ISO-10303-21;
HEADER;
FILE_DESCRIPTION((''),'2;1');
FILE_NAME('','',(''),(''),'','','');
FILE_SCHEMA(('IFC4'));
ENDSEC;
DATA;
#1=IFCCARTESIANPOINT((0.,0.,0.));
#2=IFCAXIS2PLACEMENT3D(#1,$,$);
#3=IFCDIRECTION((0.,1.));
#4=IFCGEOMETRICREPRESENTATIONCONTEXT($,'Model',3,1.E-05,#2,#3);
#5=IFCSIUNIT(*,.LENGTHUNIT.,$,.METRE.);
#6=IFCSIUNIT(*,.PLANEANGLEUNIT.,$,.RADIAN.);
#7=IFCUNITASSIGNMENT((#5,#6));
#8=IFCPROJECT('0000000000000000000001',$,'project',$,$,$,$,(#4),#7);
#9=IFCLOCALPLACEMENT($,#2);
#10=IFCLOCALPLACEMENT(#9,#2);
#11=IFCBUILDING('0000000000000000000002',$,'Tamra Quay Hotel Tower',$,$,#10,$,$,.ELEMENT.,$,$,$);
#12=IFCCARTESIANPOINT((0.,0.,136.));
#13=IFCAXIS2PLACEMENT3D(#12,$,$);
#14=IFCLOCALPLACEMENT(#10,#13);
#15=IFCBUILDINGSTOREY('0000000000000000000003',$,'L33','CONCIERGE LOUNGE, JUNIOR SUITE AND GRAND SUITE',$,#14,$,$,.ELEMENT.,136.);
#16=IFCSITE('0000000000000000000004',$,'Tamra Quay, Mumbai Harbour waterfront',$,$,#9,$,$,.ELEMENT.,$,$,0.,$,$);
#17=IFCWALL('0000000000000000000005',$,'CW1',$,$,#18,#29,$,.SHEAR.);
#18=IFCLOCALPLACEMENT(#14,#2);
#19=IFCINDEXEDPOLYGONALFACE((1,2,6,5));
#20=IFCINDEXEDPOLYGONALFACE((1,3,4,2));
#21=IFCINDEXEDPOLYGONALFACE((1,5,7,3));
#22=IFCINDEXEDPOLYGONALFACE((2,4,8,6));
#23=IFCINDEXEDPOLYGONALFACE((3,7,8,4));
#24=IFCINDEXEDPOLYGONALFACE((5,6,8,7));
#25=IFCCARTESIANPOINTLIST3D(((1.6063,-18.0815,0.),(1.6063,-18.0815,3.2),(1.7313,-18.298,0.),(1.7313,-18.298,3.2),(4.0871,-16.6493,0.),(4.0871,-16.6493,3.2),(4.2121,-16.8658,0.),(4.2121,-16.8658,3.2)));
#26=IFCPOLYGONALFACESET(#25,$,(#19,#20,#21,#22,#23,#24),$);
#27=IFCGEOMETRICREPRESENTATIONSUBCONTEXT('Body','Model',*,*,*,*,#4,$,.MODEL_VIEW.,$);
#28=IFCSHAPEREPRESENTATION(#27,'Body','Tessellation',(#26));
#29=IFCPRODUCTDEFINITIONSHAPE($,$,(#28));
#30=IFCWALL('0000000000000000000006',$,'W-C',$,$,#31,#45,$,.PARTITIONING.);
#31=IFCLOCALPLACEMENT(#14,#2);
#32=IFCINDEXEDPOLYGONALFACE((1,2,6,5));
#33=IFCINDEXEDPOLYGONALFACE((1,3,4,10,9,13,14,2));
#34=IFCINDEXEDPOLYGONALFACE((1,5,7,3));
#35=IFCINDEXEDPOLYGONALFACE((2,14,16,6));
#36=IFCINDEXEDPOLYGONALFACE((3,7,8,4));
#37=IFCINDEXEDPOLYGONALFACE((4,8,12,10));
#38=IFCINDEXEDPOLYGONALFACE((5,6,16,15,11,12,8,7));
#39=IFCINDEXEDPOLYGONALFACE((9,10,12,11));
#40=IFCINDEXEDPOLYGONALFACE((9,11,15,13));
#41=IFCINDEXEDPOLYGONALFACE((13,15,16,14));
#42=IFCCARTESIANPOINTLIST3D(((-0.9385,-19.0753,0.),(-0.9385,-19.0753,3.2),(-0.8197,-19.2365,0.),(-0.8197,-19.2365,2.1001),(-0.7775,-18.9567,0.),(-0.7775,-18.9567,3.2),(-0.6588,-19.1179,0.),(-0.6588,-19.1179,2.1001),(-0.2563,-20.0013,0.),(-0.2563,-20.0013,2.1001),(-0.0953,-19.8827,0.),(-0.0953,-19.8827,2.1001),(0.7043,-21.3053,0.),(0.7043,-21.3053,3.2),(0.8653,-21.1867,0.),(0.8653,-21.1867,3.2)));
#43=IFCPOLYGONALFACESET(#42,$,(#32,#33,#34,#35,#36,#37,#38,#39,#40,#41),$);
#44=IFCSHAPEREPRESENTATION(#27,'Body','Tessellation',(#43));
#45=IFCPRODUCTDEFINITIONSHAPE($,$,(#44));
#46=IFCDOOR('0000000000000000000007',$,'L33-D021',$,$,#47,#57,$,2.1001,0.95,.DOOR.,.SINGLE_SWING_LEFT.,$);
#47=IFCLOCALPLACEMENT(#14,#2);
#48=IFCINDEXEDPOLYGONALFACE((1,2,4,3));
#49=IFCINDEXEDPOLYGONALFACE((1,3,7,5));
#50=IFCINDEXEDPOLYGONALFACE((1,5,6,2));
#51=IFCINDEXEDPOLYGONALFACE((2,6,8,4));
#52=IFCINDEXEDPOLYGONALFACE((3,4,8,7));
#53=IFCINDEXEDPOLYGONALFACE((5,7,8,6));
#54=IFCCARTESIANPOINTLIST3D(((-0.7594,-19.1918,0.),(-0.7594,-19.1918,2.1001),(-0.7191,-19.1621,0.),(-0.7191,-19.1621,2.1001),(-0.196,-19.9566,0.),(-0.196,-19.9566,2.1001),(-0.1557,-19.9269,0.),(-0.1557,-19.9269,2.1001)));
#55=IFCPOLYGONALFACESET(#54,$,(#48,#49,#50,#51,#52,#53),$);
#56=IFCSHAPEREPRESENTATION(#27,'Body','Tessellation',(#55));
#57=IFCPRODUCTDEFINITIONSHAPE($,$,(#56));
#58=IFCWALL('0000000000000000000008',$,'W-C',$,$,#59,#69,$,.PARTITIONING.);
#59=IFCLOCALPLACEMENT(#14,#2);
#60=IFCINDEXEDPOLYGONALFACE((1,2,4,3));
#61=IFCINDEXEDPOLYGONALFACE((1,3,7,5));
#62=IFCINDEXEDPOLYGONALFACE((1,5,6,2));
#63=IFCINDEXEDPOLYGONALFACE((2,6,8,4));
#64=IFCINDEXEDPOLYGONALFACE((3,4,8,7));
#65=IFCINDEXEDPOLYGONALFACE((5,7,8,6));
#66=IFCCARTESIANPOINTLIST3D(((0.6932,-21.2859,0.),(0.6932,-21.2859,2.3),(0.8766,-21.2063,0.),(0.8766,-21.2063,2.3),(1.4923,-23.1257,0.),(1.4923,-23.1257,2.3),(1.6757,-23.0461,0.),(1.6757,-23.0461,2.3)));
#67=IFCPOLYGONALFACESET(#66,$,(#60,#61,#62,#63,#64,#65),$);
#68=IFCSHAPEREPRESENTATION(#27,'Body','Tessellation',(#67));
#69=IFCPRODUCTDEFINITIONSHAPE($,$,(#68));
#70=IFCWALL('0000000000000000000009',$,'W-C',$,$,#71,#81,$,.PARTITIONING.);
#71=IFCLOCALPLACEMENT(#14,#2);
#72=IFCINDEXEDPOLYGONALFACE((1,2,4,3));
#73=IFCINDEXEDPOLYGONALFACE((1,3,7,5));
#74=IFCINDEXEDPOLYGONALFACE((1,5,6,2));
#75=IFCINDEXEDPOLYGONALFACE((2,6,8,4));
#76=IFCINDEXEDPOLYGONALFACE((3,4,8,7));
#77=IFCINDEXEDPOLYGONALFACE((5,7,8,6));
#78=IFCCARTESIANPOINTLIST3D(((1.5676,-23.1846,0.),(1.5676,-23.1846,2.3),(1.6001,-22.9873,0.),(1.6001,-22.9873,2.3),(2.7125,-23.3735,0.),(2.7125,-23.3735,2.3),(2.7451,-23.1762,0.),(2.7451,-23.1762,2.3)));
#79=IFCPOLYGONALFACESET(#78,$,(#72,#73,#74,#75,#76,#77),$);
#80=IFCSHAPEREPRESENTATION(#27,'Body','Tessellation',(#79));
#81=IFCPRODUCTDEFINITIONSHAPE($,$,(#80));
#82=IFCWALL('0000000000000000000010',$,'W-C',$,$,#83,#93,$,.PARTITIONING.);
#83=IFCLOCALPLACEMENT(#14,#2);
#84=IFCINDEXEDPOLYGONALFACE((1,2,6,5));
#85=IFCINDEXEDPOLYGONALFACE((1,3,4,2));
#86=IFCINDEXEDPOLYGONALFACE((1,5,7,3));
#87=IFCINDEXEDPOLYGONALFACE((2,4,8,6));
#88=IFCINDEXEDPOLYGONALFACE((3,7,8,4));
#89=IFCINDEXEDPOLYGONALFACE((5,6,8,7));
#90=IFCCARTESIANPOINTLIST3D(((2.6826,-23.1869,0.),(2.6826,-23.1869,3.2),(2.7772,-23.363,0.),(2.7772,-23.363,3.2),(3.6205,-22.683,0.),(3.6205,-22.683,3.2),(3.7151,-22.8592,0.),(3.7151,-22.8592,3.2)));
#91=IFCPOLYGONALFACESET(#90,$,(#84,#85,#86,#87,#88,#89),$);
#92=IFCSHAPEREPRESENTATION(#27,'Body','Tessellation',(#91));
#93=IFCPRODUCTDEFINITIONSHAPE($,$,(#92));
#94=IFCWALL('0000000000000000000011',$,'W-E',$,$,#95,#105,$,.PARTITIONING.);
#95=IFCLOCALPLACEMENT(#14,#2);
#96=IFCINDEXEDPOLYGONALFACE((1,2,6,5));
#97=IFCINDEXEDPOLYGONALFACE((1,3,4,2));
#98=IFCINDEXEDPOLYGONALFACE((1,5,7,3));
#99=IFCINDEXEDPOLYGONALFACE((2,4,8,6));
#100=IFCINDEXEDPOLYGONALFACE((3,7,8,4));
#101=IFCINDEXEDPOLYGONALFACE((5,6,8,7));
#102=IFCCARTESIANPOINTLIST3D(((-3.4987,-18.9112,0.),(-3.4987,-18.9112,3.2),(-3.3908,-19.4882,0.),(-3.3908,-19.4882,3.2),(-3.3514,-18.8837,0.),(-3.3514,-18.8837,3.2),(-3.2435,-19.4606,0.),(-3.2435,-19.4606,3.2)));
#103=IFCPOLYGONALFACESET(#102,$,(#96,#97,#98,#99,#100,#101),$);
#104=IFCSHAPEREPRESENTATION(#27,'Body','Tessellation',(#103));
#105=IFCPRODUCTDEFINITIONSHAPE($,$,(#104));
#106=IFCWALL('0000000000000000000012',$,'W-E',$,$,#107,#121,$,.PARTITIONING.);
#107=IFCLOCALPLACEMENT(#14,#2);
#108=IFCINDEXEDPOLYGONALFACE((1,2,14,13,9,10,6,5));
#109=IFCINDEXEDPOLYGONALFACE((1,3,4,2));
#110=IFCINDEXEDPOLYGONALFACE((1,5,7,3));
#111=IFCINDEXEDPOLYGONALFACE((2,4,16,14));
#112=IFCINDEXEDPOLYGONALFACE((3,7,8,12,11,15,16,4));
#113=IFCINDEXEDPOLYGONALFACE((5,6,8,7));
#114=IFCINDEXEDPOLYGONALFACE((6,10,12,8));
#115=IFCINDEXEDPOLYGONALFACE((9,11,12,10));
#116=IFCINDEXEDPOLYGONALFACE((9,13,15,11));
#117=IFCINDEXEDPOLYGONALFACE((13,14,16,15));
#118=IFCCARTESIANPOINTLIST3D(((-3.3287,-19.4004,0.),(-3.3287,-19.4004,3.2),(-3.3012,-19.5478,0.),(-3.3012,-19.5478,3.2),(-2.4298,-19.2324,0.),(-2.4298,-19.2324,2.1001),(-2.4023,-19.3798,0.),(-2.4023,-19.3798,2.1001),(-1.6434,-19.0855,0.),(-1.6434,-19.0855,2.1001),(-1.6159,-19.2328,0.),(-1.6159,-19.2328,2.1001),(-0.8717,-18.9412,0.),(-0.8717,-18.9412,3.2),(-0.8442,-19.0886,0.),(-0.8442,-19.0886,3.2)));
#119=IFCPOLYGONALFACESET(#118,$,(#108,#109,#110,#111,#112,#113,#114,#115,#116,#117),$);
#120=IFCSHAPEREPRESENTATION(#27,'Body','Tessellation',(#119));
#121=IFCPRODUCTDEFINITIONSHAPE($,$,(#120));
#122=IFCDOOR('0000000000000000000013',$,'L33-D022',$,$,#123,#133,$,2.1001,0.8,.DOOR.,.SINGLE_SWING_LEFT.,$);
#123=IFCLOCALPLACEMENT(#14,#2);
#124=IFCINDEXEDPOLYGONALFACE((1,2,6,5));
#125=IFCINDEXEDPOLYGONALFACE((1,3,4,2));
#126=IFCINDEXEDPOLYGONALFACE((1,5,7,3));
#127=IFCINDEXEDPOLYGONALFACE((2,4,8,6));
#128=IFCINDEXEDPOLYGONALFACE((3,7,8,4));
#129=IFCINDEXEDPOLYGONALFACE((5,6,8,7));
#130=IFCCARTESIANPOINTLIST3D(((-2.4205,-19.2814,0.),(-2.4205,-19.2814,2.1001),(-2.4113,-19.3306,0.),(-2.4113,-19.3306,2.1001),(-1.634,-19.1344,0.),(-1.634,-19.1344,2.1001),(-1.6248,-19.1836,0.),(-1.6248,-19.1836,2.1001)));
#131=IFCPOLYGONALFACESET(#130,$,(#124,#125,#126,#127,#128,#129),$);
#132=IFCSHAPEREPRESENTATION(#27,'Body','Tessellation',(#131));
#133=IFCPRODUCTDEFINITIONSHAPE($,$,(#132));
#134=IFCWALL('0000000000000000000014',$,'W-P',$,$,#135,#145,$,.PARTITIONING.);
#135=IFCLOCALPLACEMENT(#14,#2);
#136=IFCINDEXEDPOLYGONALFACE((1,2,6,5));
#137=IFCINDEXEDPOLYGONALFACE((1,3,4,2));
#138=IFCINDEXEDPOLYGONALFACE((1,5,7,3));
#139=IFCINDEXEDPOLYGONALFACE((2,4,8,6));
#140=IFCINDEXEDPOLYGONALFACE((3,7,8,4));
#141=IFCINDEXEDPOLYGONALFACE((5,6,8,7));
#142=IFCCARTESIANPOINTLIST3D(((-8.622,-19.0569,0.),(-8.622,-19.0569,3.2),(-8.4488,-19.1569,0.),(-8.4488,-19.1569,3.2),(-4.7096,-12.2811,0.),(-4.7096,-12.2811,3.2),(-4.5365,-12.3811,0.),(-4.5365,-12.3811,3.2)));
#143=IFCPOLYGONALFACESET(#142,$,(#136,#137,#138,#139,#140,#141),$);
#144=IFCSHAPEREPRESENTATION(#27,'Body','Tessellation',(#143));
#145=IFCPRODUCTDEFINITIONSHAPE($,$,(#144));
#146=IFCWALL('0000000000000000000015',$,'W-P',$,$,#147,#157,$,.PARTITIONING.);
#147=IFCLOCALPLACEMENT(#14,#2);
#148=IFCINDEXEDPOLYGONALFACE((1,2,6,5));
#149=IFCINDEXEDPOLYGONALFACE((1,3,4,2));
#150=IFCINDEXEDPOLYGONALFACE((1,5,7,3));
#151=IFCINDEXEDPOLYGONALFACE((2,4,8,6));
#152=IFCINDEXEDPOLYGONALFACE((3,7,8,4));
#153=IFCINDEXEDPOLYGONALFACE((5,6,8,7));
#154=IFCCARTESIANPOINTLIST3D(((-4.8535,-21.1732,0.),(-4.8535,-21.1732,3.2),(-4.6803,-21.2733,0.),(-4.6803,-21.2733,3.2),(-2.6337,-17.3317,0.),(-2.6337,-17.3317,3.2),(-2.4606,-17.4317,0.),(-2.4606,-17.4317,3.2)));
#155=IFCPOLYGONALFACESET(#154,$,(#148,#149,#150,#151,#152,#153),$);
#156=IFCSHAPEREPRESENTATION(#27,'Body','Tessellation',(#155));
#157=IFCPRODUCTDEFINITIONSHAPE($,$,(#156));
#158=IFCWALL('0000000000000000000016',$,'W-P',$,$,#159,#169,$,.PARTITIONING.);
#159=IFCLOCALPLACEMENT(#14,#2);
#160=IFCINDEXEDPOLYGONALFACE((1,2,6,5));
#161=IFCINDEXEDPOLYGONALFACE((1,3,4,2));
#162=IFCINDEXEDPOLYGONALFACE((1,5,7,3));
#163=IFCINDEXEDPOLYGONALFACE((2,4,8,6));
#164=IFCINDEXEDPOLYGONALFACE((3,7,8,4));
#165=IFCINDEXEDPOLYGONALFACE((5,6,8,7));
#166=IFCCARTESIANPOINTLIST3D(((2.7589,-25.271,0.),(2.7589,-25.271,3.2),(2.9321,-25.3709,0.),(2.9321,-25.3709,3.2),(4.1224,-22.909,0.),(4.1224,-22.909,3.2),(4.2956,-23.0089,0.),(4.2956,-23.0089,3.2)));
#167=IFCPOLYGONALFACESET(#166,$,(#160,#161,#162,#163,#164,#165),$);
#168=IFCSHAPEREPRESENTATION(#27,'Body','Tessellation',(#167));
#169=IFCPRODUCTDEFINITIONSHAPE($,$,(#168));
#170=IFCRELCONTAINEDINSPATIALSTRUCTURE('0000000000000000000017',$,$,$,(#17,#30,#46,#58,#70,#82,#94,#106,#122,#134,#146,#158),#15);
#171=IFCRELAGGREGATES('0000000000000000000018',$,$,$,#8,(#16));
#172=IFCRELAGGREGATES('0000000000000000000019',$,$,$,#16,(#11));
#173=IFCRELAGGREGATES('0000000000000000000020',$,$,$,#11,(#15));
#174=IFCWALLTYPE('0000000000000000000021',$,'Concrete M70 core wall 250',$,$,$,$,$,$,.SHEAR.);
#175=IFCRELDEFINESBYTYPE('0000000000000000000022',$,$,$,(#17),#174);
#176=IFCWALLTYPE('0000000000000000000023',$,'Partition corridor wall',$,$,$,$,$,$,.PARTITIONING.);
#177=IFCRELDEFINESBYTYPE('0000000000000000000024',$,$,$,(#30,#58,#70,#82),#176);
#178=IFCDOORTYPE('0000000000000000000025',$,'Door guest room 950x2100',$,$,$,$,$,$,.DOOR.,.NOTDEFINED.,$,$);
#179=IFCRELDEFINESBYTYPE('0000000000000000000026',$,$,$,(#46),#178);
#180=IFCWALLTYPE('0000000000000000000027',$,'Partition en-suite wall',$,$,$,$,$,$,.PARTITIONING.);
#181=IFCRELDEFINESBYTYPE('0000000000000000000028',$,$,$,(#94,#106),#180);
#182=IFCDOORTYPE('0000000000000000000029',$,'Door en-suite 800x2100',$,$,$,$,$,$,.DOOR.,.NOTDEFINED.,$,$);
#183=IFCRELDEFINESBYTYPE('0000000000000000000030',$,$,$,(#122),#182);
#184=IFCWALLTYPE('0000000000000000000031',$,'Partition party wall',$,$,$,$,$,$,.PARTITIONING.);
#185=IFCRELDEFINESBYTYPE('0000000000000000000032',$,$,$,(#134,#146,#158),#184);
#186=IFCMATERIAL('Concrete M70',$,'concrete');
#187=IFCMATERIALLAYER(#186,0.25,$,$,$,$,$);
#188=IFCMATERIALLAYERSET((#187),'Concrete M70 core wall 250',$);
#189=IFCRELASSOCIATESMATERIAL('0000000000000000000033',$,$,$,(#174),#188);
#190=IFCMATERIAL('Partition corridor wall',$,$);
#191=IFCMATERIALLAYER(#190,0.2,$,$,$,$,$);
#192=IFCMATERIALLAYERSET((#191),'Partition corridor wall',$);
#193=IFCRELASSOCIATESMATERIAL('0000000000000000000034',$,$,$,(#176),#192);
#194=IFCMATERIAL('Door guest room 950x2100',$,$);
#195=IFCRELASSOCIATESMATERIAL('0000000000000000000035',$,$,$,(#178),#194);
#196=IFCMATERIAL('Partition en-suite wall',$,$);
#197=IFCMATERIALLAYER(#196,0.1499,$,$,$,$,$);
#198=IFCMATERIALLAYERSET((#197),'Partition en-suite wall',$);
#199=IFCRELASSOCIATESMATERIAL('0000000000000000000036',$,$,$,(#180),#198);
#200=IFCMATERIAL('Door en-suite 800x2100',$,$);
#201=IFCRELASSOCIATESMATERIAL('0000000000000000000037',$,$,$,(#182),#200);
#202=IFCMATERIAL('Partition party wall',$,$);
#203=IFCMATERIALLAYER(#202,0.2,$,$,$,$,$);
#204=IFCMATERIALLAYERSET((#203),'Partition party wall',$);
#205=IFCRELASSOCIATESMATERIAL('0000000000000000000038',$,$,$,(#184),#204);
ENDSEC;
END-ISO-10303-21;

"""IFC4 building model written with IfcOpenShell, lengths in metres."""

from ifc_helpers import new_model, si_unit, direction, frame, frame_2d, origin, place, context, subcontext, project, spatial, rectangle, extrude, material, layer, layer_set, type_object, element, fill, save


model = new_model("IFC4")

# Units and contexts
model_context = context("Model", 3, precision=1e-05, world=origin(), true_north=direction((0.0, 1.0)))
body_context = subcontext(model_context, "Body", "Model", "MODEL_VIEW")
ifc_project = project(units=[si_unit("LENGTHUNIT", "METRE"), si_unit("PLANEANGLEUNIT", "RADIAN")], contexts=[model_context])

# Site, building, storey
site_placement = place(None, origin())
site = spatial("IfcSite", under=ifc_project, at=site_placement, Name="Tamra Quay, Mumbai Harbour waterfront", CompositionType="ELEMENT", RefElevation=0.0)
building_placement = place(site_placement, origin())
building = spatial("IfcBuilding", under=site, at=building_placement, Name="Tamra Quay Hotel Tower", CompositionType="ELEMENT")
storey_placement = place(building_placement, frame((0.0, 0.0, 136.0)))
storey = spatial("IfcBuildingStorey", under=building, at=storey_placement, Name="L33", Description="CONCIERGE LOUNGE, JUNIOR SUITE AND GRAND SUITE", CompositionType="ELEMENT", Elevation=136.0)

# Shared definitions
ifc_material_1 = material(Name="Concrete M70", Category="concrete")

# Wall
ifc_layer_1 = layer(ifc_material_1, 0.25)
ifc_layer_set_1 = layer_set([ifc_layer_1], Name="Concrete M70 core wall 250")
wall_type_1 = type_object("IfcWallType", Name="Concrete M70 core wall 250", PredefinedType="SHEAR", material=ifc_layer_set_1)
wall_1_placement = place(storey_placement, frame((1.6689, -18.1897, 0.0), z_axis=(0.0, 0.0, 1.0), x_axis=(0.866042, 0.499971, 0.0)))
element("IfcWall", 1, at=wall_1_placement, inside=storey, type_object=wall_type_1, Name="CW1", PredefinedType="SHEAR", context=body_context, shape_type="SweptSolid", body=[
    extrude(rectangle(XDim=2.8645, YDim=0.25, at=frame_2d((1.4321, 0.0))), origin(), (0.0, 0.0, 1.0), 3.2),
])

# Wall, opening, door
ifc_material_2 = material(Name="Partition corridor wall")
ifc_layer_2 = layer(ifc_material_2, 0.2)
ifc_layer_set_2 = layer_set([ifc_layer_2], Name="Partition corridor wall")
wall_type_2 = type_object("IfcWallType", Name="Partition corridor wall", PredefinedType="PARTITIONING", material=ifc_layer_set_2)
wall_2_placement = place(storey_placement, frame((-0.8579, -19.0161, 0.0), z_axis=(0.0, 0.0, 1.0), x_axis=(0.593124, -0.805111, 0.0)))
wall_2 = element("IfcWall", 2, at=wall_2_placement, inside=storey, type_object=wall_type_2, Name="W-C", PredefinedType="PARTITIONING", context=body_context, shape_type="SweptSolid", body=[
    extrude(rectangle(XDim=2.7698, YDim=0.2, at=frame_2d((1.3848, 0.0))), origin(), (0.0, 0.0, 1.0), 3.2),
])
opening_1_placement = place(wall_2_placement, frame((0.2, 0.0, 0.0)))
opening_1 = element("IfcOpeningElement", 3, at=opening_1_placement, cuts=wall_2, PredefinedType="OPENING", context=body_context, shape_type="SweptSolid", body=[
    extrude(rectangle(XDim=0.95, YDim=2.1001, at=frame_2d((0.4751, 1.05))), frame((0.0, 0.1099, 0.0), z_axis=(0.0, -1.0, 0.0), x_axis=(1.0, 0.0, 0.0)), (0.0, 0.0, 1.0), 0.22),
])
ifc_material_3 = material(Name="Door guest room 950x2100")
door_type_1 = type_object("IfcDoorType", Name="Door guest room 950x2100", OperationType="NOTDEFINED", PredefinedType="DOOR", material=ifc_material_3)
door_1_placement = place(opening_1_placement, frame((0.95, 0.0, 0.0), z_axis=(0.0, 0.0, 1.0), x_axis=(-1.0, 0.0, 0.0)))
door_1 = element("IfcDoor", 4, at=door_1_placement, inside=storey, type_object=door_type_1, Name="L33-D021", OperationType="SINGLE_SWING_LEFT", OverallHeight=2.1001, OverallWidth=0.95, PredefinedType="DOOR", context=body_context, shape_type="SweptSolid", body=[
    extrude(rectangle(XDim=0.95, YDim=2.1001, at=frame_2d((0.4751, 1.05))), frame((0.0, 0.0249, 0.0), z_axis=(0.0, -1.0, 0.0), x_axis=(1.0, 0.0, 0.0)), (0.0, 0.0, 1.0), 0.05),
])
fill(opening_1, door_1)

# Walls
wall_3_placement = place(storey_placement, frame((0.7849, -21.2461, 0.0), z_axis=(0.0, 0.0, 1.0), x_axis=(0.398366, -0.917227, 0.0)))
element("IfcWall", 5, at=wall_3_placement, inside=storey, type_object=wall_type_2, Name="W-C", PredefinedType="PARTITIONING", context=body_context, shape_type="SweptSolid", body=[
    extrude(rectangle(XDim=2.0059, YDim=0.2, at=frame_2d((1.0029, 0.0))), origin(), (0.0, 0.0, 1.0), 2.3),
])
wall_4_placement = place(storey_placement, frame((1.584, -23.0859, 0.0), z_axis=(0.0, 0.0, 1.0), x_axis=(0.986654, -0.16283, 0.0)))
element("IfcWall", 6, at=wall_4_placement, inside=storey, type_object=wall_type_2, Name="W-C", PredefinedType="PARTITIONING", context=body_context, shape_type="SweptSolid", body=[
    extrude(rectangle(XDim=1.1604, YDim=0.2, at=frame_2d((0.5801, 0.0))), origin(), (0.0, 0.0, 1.0), 2.3),
])
wall_5_placement = place(storey_placement, frame((2.73, -23.2749, 0.0), z_axis=(0.0, 0.0, 1.0), x_axis=(0.880927, 0.473252, 0.0)))
element("IfcWall", 7, at=wall_5_placement, inside=storey, type_object=wall_type_2, Name="W-C", PredefinedType="PARTITIONING", context=body_context, shape_type="SweptSolid", body=[
    extrude(rectangle(XDim=1.0647, YDim=0.2, at=frame_2d((0.5322, 0.0))), origin(), (0.0, 0.0, 1.0), 3.2),
])
ifc_material_4 = material(Name="Partition en-suite wall")
ifc_layer_3 = layer(ifc_material_4, 0.1499)
ifc_layer_set_3 = layer_set([ifc_layer_3], Name="Partition en-suite wall")
wall_type_3 = type_object("IfcWallType", Name="Partition en-suite wall", PredefinedType="PARTITIONING", material=ifc_layer_set_3)
wall_6_placement = place(storey_placement, frame((-3.425, -18.8975, 0.0), z_axis=(0.0, 0.0, 1.0), x_axis=(0.183862, -0.982952, 0.0)))
element("IfcWall", 8, at=wall_6_placement, inside=storey, type_object=wall_type_3, Name="W-E", PredefinedType="PARTITIONING", context=body_context, shape_type="SweptSolid", body=[
    extrude(rectangle(XDim=0.5869, YDim=0.1499, at=frame_2d((0.2935, 0.0))), origin(), (0.0, 0.0, 1.0), 3.2),
])

# Wall, opening, door
wall_7_placement = place(storey_placement, frame((-3.3149, -19.4741, 0.0), z_axis=(0.0, 0.0, 1.0), x_axis=(0.982978, 0.183722, 0.0)))
wall_7 = element("IfcWall", 9, at=wall_7_placement, inside=storey, type_object=wall_type_3, Name="W-E", PredefinedType="PARTITIONING", context=body_context, shape_type="SweptSolid", body=[
    extrude(rectangle(XDim=2.4995, YDim=0.1499, at=frame_2d((1.2498, 0.0))), origin(), (0.0, 0.0, 1.0), 3.2),
])
opening_2_placement = place(wall_7_placement, frame((0.9146, 0.0, 0.0)))
opening_2 = element("IfcOpeningElement", 10, at=opening_2_placement, cuts=wall_7, PredefinedType="OPENING", context=body_context, shape_type="SweptSolid", body=[
    extrude(rectangle(XDim=0.8, YDim=2.1001, at=frame_2d((0.3999, 1.05))), frame((0.0, 0.085, 0.0), z_axis=(0.0, -1.0, 0.0), x_axis=(1.0, 0.0, 0.0)), (0.0, 0.0, 1.0), 0.1699),
])
ifc_material_5 = material(Name="Door en-suite 800x2100")
door_type_2 = type_object("IfcDoorType", Name="Door en-suite 800x2100", OperationType="NOTDEFINED", PredefinedType="DOOR", material=ifc_material_5)
door_2_placement = place(opening_2_placement, frame((0.8, 0.0, 0.0), z_axis=(0.0, 0.0, 1.0), x_axis=(-1.0, 0.0, 0.0)))
door_2 = element("IfcDoor", 11, at=door_2_placement, inside=storey, type_object=door_type_2, Name="L33-D022", OperationType="SINGLE_SWING_LEFT", OverallHeight=2.1001, OverallWidth=0.8, PredefinedType="DOOR", context=body_context, shape_type="SweptSolid", body=[
    extrude(rectangle(XDim=0.8, YDim=2.1001, at=frame_2d((0.3999, 1.05))), frame((0.0, 0.0249, 0.0), z_axis=(0.0, -1.0, 0.0), x_axis=(1.0, 0.0, 0.0)), (0.0, 0.0, 1.0), 0.05),
])
fill(opening_2, door_2)

# Walls
ifc_material_6 = material(Name="Partition party wall")
ifc_layer_4 = layer(ifc_material_6, 0.2)
ifc_layer_set_4 = layer_set([ifc_layer_4], Name="Partition party wall")
wall_type_4 = type_object("IfcWallType", Name="Partition party wall", PredefinedType="PARTITIONING", material=ifc_layer_set_4)
wall_8_placement = place(storey_placement, frame((-8.5354, -19.1069, 0.0), z_axis=(0.0, 0.0, 1.0), x_axis=(0.500029, 0.866009, 0.0)))
element("IfcWall", 12, at=wall_8_placement, inside=storey, type_object=wall_type_4, Name="W-P", PredefinedType="PARTITIONING", context=body_context, shape_type="SweptSolid", body=[
    extrude(rectangle(XDim=7.8242, YDim=0.2, at=frame_2d((3.9121, 0.0))), origin(), (0.0, 0.0, 1.0), 3.2),
])
wall_9_placement = place(storey_placement, frame((-4.7668, -21.2231, 0.0), z_axis=(0.0, 0.0, 1.0), x_axis=(0.500305, 0.865849, 0.0)))
element("IfcWall", 13, at=wall_9_placement, inside=storey, type_object=wall_type_4, Name="W-P", PredefinedType="PARTITIONING", context=body_context, shape_type="SweptSolid", body=[
    extrude(rectangle(XDim=4.4368, YDim=0.2, at=frame_2d((2.2183, 0.0))), origin(), (0.0, 0.0, 1.0), 3.2),
])
wall_10_placement = place(storey_placement, frame((2.8455, -25.321, 0.0), z_axis=(0.0, 0.0, 1.0), x_axis=(0.499942, 0.866059, 0.0)))
element("IfcWall", 14, at=wall_10_placement, inside=storey, type_object=wall_type_4, Name="W-P", PredefinedType="PARTITIONING", context=body_context, shape_type="SweptSolid", body=[
    extrude(rectangle(XDim=2.7273, YDim=0.2, at=frame_2d((1.3638, 0.0))), origin(), (0.0, 0.0, 1.0), 3.2),
])

save(model, "model.ifc")
